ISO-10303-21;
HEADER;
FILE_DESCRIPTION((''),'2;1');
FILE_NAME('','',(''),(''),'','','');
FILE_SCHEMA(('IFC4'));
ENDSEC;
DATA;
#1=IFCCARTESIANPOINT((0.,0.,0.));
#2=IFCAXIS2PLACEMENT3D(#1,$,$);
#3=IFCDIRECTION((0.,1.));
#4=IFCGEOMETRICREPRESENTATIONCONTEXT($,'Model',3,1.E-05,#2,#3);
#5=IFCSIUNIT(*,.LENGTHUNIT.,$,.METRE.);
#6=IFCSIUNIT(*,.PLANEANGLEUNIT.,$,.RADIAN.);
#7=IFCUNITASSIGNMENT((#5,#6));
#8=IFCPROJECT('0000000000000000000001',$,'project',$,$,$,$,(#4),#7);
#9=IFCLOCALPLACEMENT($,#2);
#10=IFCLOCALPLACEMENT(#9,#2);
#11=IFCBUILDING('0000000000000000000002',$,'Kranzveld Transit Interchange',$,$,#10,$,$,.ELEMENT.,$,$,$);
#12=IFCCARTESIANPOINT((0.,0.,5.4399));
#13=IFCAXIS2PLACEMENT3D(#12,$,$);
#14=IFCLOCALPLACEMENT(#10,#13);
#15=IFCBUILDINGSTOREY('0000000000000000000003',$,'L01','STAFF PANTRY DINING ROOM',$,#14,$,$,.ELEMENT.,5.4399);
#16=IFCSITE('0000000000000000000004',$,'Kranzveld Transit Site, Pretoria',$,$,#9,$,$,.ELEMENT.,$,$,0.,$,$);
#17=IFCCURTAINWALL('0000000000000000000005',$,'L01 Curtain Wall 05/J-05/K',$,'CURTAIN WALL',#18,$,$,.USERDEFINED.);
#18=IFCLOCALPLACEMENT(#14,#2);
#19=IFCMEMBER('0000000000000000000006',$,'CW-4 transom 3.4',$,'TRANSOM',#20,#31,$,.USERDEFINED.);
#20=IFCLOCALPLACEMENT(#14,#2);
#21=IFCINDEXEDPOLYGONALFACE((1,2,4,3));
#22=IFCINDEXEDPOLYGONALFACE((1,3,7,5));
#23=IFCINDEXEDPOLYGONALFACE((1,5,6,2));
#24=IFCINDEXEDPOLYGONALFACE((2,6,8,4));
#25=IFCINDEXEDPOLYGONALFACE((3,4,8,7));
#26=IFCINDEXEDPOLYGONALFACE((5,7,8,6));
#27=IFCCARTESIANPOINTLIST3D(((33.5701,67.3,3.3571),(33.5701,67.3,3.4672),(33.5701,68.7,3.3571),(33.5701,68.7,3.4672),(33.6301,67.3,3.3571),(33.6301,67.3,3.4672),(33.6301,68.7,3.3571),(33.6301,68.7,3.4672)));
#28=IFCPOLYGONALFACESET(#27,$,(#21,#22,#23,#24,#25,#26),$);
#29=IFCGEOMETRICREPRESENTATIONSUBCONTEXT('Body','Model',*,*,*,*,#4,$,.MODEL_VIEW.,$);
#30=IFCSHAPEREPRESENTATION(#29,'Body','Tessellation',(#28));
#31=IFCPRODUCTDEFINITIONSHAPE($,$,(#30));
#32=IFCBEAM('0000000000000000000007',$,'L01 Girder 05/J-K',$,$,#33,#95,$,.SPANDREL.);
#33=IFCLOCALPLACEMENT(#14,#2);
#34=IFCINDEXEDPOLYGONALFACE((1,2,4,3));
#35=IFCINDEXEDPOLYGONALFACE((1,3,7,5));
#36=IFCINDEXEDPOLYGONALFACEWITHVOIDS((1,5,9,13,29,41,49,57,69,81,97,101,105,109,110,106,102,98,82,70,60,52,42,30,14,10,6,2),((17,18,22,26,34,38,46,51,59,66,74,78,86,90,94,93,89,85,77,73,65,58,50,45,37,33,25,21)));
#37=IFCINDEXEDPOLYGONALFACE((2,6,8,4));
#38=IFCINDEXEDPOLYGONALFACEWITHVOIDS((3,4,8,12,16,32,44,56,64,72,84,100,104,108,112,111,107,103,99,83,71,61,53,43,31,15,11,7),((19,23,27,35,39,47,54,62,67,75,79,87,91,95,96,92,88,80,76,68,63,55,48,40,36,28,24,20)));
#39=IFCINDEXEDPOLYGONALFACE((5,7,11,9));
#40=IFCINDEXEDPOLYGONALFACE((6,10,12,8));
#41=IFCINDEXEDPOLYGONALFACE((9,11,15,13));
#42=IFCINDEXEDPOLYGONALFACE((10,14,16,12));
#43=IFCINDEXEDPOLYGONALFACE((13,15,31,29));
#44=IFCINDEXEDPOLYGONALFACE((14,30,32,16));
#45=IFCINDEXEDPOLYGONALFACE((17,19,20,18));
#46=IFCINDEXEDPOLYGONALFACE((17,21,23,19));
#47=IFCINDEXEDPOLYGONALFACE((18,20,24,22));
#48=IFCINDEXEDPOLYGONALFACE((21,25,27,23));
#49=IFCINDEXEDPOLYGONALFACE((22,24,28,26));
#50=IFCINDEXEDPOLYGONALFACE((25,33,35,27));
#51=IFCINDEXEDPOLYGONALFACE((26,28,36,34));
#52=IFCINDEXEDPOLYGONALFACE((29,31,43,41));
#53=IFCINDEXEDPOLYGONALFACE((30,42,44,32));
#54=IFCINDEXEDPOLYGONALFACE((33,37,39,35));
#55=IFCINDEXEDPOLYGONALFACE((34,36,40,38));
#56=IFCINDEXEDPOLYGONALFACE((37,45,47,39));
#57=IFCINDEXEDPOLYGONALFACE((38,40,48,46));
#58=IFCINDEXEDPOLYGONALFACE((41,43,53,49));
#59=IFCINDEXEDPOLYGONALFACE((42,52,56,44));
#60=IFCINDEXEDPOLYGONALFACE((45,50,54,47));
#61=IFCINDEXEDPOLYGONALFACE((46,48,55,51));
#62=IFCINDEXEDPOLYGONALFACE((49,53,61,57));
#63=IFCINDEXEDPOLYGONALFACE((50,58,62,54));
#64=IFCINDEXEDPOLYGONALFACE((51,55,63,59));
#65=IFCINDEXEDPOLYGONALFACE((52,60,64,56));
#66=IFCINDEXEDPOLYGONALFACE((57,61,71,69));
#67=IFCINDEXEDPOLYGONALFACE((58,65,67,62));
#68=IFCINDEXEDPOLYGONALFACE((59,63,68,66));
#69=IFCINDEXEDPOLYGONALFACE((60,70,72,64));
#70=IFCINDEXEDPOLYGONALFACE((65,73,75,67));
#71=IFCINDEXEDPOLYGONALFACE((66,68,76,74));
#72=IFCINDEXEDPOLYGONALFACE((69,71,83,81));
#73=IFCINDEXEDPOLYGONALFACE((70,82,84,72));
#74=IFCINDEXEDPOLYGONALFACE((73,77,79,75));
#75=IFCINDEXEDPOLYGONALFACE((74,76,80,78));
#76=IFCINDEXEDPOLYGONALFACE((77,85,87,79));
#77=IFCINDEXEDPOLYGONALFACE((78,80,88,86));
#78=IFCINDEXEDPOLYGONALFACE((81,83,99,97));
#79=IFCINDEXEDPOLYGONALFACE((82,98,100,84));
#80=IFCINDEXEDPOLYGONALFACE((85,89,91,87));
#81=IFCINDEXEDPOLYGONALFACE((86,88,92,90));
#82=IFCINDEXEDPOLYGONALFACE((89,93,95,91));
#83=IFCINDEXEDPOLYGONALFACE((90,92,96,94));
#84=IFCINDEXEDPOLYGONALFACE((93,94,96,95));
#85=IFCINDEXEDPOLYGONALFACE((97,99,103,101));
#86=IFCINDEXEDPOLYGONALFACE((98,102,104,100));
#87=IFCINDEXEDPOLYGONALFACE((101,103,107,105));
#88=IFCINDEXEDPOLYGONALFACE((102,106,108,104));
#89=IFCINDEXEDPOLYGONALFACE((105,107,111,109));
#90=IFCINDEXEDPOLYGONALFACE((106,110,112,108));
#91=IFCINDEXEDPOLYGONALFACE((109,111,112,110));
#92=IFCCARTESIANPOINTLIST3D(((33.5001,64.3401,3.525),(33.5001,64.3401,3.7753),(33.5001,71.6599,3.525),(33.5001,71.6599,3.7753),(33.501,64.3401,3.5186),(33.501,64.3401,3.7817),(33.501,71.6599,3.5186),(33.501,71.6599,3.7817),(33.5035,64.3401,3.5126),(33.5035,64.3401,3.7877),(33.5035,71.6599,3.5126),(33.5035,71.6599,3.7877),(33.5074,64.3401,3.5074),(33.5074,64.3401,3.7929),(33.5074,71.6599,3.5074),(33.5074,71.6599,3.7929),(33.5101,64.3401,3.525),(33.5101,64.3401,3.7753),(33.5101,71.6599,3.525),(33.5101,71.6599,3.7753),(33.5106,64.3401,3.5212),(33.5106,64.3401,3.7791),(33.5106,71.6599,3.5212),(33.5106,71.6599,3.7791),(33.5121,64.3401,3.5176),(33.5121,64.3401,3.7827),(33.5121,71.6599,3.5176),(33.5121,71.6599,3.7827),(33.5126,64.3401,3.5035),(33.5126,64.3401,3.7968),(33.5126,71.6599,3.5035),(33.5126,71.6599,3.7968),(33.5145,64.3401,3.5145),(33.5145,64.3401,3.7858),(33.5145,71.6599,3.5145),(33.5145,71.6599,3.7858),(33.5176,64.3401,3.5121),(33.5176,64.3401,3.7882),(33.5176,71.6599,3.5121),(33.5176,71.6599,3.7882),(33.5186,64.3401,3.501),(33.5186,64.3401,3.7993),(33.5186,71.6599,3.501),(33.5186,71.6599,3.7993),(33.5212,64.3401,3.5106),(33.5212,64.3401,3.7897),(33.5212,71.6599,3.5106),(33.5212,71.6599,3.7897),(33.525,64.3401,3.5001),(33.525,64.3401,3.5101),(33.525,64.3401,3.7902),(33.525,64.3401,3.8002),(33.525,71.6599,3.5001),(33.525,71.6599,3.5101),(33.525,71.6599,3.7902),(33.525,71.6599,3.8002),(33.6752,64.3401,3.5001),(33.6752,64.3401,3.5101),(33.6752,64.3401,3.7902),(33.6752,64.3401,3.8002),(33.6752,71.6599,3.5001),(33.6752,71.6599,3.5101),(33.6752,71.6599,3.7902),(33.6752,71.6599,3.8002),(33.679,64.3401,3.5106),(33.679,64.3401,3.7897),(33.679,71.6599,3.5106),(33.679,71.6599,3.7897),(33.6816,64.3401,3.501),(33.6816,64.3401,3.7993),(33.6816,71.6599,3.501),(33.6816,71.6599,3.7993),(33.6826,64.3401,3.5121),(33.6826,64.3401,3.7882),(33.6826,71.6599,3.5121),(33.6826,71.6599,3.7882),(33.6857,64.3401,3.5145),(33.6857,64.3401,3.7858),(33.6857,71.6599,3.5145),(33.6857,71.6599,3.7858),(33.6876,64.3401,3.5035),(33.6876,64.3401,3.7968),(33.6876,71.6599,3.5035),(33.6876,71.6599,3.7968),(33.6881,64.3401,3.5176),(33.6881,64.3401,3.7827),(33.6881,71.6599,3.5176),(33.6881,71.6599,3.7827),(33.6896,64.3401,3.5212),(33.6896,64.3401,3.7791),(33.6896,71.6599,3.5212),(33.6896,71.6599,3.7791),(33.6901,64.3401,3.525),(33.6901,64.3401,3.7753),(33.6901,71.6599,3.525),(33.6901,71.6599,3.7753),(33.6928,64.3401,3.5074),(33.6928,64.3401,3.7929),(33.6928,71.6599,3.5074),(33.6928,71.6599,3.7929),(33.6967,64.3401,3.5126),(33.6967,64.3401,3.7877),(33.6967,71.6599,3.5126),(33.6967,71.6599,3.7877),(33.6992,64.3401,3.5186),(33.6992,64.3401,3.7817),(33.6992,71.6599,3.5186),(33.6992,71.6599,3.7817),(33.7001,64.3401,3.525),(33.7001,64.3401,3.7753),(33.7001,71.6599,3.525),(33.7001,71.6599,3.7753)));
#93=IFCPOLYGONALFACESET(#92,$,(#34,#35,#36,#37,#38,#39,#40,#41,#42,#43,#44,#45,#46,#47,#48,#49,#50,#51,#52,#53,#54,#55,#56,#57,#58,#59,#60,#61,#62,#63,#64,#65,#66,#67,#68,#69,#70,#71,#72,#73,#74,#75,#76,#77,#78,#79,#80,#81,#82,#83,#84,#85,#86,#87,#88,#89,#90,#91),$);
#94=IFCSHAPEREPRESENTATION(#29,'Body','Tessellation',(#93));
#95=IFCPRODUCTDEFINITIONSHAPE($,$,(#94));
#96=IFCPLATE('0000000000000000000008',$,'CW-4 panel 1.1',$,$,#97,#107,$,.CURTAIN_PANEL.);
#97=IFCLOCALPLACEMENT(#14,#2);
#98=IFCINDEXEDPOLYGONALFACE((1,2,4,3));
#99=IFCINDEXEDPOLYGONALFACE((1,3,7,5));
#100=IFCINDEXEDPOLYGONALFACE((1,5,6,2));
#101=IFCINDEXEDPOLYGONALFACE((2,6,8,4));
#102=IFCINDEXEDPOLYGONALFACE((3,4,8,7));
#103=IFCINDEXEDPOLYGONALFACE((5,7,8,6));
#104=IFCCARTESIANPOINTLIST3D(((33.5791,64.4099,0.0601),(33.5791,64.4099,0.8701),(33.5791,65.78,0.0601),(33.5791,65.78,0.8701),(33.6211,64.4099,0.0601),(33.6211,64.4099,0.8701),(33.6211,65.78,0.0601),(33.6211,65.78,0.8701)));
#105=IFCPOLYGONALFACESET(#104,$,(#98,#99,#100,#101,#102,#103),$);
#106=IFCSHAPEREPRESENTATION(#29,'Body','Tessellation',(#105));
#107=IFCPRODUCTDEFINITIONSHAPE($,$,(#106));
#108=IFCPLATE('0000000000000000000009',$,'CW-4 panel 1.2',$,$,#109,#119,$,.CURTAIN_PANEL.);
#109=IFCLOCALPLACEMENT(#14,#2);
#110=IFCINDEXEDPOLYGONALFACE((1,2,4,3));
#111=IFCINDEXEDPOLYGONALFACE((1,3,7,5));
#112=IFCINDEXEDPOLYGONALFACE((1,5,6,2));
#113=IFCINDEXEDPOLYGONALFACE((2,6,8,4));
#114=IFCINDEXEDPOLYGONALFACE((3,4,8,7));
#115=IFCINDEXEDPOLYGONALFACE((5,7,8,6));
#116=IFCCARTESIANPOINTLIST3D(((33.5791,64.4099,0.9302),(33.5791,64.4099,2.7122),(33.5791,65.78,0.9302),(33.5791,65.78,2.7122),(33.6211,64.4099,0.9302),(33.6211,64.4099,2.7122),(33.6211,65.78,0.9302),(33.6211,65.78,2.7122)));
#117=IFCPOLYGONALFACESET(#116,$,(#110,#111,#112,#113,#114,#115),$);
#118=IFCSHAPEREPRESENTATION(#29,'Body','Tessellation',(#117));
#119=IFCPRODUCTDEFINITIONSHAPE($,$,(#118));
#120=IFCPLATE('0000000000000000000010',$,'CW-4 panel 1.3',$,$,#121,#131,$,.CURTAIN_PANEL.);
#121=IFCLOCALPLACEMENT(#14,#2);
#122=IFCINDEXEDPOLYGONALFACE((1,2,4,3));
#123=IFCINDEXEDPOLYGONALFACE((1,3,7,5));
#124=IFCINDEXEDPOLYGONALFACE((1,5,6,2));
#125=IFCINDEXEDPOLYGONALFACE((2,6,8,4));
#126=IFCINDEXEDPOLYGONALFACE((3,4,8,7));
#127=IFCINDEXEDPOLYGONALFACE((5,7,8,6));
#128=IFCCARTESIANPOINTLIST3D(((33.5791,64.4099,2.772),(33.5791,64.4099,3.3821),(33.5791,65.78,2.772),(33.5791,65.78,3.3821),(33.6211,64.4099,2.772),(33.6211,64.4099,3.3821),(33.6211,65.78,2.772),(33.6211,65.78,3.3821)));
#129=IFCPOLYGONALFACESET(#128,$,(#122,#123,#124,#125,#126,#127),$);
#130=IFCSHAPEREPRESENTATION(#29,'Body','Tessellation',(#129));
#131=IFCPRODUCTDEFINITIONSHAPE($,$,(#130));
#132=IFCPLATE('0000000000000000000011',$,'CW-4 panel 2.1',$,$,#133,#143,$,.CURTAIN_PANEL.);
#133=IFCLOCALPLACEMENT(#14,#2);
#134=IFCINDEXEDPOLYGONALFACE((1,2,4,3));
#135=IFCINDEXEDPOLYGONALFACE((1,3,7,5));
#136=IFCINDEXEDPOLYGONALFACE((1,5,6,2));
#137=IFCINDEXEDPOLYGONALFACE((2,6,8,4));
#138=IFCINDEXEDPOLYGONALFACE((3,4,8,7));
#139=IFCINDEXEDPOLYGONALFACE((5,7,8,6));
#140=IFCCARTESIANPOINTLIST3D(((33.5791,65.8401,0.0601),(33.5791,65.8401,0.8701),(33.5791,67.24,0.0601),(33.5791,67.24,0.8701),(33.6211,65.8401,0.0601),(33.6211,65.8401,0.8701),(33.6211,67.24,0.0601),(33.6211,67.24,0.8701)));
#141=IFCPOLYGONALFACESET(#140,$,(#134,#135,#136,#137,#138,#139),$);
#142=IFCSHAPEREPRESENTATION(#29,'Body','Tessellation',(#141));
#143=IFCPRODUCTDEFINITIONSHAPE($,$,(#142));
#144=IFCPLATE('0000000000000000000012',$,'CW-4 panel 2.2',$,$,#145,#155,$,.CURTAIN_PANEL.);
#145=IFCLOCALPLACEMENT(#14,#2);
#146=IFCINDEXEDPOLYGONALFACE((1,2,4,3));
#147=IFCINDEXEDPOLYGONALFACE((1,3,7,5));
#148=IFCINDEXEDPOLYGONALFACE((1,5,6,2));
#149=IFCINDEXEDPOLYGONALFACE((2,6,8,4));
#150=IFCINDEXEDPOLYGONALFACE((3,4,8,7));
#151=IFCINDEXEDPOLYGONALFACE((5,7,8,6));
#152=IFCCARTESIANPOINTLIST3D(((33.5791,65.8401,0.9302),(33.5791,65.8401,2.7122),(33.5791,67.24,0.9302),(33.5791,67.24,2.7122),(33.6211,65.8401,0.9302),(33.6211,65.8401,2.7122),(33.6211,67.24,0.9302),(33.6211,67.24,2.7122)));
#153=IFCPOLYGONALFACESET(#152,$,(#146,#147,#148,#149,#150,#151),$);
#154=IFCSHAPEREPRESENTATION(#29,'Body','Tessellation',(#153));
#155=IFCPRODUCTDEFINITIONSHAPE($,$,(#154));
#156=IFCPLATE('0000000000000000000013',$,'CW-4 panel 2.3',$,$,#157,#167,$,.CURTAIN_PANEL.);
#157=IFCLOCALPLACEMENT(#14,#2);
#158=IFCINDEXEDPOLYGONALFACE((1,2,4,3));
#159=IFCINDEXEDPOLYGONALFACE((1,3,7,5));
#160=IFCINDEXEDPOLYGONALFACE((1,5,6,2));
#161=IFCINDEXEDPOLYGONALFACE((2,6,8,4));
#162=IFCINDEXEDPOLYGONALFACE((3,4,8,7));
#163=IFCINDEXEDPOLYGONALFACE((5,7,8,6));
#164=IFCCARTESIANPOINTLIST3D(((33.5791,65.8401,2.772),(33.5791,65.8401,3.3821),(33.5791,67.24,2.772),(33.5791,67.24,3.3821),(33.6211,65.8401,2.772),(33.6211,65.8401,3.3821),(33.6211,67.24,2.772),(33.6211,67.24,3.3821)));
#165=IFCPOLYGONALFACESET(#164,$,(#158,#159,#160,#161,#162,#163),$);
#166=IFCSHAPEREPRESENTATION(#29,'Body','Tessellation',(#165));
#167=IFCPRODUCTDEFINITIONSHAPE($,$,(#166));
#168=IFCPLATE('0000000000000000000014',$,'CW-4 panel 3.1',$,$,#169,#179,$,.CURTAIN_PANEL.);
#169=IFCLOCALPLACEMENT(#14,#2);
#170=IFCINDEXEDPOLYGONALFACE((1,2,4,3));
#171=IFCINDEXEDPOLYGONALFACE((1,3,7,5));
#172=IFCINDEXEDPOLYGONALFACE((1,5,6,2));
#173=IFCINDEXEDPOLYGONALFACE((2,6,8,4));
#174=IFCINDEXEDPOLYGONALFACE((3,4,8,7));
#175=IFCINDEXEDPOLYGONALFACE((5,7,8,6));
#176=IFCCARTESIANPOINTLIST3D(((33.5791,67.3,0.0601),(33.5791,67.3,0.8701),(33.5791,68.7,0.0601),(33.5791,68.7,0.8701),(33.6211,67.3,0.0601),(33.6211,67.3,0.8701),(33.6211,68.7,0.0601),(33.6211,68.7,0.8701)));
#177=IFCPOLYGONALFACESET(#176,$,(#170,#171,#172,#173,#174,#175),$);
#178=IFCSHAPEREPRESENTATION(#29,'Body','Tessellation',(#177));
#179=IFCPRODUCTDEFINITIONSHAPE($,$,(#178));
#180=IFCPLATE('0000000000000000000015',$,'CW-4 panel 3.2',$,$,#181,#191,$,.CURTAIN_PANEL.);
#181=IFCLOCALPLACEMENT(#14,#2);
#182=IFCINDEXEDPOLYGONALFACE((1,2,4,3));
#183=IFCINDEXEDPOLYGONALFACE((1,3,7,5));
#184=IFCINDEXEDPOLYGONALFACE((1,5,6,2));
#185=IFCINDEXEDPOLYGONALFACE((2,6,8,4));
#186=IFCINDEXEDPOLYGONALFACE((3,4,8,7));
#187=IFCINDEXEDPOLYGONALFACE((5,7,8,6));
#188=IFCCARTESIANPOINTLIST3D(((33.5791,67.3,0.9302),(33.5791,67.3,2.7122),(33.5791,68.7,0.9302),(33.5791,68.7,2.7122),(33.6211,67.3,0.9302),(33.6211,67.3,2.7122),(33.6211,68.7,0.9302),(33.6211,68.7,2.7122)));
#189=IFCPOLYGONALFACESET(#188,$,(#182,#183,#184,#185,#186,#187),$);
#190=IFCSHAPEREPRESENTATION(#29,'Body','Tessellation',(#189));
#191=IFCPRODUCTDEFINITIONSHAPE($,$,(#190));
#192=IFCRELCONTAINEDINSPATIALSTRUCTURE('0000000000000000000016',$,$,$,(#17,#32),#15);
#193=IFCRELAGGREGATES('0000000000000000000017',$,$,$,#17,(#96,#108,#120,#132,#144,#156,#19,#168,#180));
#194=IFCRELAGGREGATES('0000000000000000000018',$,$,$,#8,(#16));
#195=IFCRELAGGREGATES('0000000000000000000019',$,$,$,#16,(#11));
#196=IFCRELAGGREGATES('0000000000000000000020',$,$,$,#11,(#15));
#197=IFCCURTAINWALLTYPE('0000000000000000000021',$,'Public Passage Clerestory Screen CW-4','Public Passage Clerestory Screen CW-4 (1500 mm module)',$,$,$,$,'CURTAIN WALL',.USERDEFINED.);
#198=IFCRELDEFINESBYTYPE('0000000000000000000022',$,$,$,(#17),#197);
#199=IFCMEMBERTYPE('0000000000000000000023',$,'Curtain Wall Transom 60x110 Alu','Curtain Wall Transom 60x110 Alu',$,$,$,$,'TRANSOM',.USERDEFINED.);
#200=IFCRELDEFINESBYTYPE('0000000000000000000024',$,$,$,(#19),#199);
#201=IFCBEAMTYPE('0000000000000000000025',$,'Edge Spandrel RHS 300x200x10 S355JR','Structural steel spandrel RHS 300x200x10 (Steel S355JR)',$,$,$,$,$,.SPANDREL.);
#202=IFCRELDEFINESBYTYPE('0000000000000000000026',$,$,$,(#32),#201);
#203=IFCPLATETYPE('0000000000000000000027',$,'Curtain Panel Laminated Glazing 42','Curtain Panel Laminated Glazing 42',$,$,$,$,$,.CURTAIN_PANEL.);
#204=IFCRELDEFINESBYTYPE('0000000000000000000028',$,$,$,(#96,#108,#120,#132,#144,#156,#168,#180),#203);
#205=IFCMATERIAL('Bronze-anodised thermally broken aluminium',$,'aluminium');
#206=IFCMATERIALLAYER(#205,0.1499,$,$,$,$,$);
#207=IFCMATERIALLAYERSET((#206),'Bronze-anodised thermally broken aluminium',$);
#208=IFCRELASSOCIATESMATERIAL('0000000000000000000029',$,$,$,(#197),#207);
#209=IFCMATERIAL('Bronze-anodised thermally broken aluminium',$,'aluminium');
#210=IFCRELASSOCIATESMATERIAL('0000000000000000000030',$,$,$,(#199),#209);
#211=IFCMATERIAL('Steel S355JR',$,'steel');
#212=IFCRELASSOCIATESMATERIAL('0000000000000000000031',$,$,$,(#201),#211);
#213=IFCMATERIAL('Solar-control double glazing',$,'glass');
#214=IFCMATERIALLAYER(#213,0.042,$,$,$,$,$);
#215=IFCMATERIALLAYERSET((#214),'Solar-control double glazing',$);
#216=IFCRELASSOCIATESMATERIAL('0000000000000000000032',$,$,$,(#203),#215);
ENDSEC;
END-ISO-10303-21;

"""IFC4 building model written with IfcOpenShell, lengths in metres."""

from ifc_helpers import new_model, si_unit, direction, frame, origin, origin_2d, place, context, subcontext, project, spatial, rectangle, hollow_rectangle, extrude, material, layer, layer_set, material_profile, profile_set, type_object, element, aggregate, save


model = new_model("IFC4")

# Units and contexts
model_context = context("Model", 3, precision=1e-05, world=origin(), true_north=direction((0.0, 1.0)))
body_context = subcontext(model_context, "Body", "Model", "MODEL_VIEW")
ifc_project = project(units=[si_unit("LENGTHUNIT", "METRE"), si_unit("PLANEANGLEUNIT", "RADIAN")], contexts=[model_context])

# Site, building, storey
site_placement = place(None, origin())
site = spatial("IfcSite", under=ifc_project, at=site_placement, Name="Kranzveld Transit Site, Pretoria", CompositionType="ELEMENT", RefElevation=0.0)
building_placement = place(site_placement, origin())
building = spatial("IfcBuilding", under=site, at=building_placement, Name="Kranzveld Transit Interchange", CompositionType="ELEMENT")
storey_placement = place(building_placement, frame((0.0, 0.0, 5.4399)))
storey = spatial("IfcBuildingStorey", under=building, at=storey_placement, Name="L01", Description="STAFF PANTRY DINING ROOM", CompositionType="ELEMENT", Elevation=5.4399)

# Curtain wall, member
ifc_material_1 = material(Name="Bronze-anodised thermally broken aluminium", Category="aluminium")
ifc_layer_1 = layer(ifc_material_1, 0.1499)
ifc_layer_set_1 = layer_set([ifc_layer_1], Name="Bronze-anodised thermally broken aluminium")
curtain_wall_type = type_object("IfcCurtainWallType", Name="Public Passage Clerestory Screen CW-4", Description="Public Passage Clerestory Screen CW-4 (1500 mm module)", ElementType="CURTAIN WALL", PredefinedType="USERDEFINED", material=ifc_layer_set_1)
curtain_wall_placement = place(storey_placement, origin())
curtain_wall = element("IfcCurtainWall", 1, at=curtain_wall_placement, inside=storey, type_object=curtain_wall_type, Name="L01 Curtain Wall 05/J-05/K", ObjectType="CURTAIN WALL", PredefinedType="USERDEFINED")
ifc_material_2 = material(Name="Bronze-anodised thermally broken aluminium", Category="aluminium")
ifc_material_profile_1 = material_profile(ifc_material_2, rectangle(XDim=0.0601, YDim=0.1101, at=origin_2d()), Name="ALU TRANSOM 60x110")
ifc_profile_set_1 = profile_set([ifc_material_profile_1], Name="Bronze-anodised thermally broken aluminium")
member_type_1 = type_object("IfcMemberType", Name="Curtain Wall Transom 60x110 Alu", Description="Curtain Wall Transom 60x110 Alu", ElementType="TRANSOM", PredefinedType="USERDEFINED", material=ifc_profile_set_1)
member_1_placement = place(storey_placement, frame((33.6001, 67.3, 3.4121), z_axis=(0.0, 1.0, 0.0), x_axis=(-1.0, 0.0, 0.0)))
member_1 = element("IfcMember", 2, at=member_1_placement, type_object=member_type_1, Name="CW-4 transom 3.4", ObjectType="TRANSOM", PredefinedType="USERDEFINED", context=body_context, shape_type="SweptSolid", body=[
    extrude(rectangle(XDim=0.0601, YDim=0.1101, at=origin_2d()), origin(), (0.0, 0.0, 1.0), 1.3999),
])

# Beam
ifc_material_3 = material(Name="Steel S355JR", Category="steel")
ifc_material_profile_2 = material_profile(ifc_material_3, hollow_rectangle(XDim=0.2, YDim=0.3, WallThickness=0.01, InnerFilletRadius=0.0149, OuterFilletRadius=0.0249, at=origin_2d()), Name="RHS 300x200x10")
ifc_profile_set_2 = profile_set([ifc_material_profile_2], Name="Steel S355JR")
beam_type = type_object("IfcBeamType", Name="Edge Spandrel RHS 300x200x10 S355JR", Description="Structural steel spandrel RHS 300x200x10 (Steel S355JR)", PredefinedType="SPANDREL", material=ifc_profile_set_2)
beam_placement = place(storey_placement, frame((33.6001, 64.3401, 3.6501), z_axis=(0.0, 1.0, 0.0), x_axis=(-1.0, 0.0, 0.0)))
element("IfcBeam", 3, at=beam_placement, inside=storey, type_object=beam_type, Name="L01 Girder 05/J-K", PredefinedType="SPANDREL", context=body_context, shape_type="SweptSolid", body=[
    extrude(hollow_rectangle(XDim=0.2, YDim=0.3, WallThickness=0.01, InnerFilletRadius=0.0149, OuterFilletRadius=0.0249, at=origin_2d()), origin(), (0.0, 0.0, 1.0), 7.3198),
])

# Plates
ifc_material_4 = material(Name="Solar-control double glazing", Category="glass")
ifc_layer_2 = layer(ifc_material_4, 0.042)
ifc_layer_set_2 = layer_set([ifc_layer_2], Name="Solar-control double glazing")
plate_type = type_object("IfcPlateType", Name="Curtain Panel Laminated Glazing 42", Description="Curtain Panel Laminated Glazing 42", PredefinedType="CURTAIN_PANEL", material=ifc_layer_set_2)
plate_1_placement = place(storey_placement, frame((33.6001, 65.095, 0.0601), z_axis=(0.0, 0.0, 1.0), x_axis=(0.0, 1.0, 0.0)))
plate_1 = element("IfcPlate", 4, at=plate_1_placement, type_object=plate_type, Name="CW-4 panel 1.1", PredefinedType="CURTAIN_PANEL", context=body_context, shape_type="SweptSolid", body=[
    extrude(rectangle(XDim=1.3701, YDim=0.042, at=origin_2d()), origin(), (0.0, 0.0, 1.0), 0.8101),
])
plate_2_placement = place(storey_placement, frame((33.6001, 65.095, 0.9302), z_axis=(0.0, 0.0, 1.0), x_axis=(0.0, 1.0, 0.0)))
plate_2 = element("IfcPlate", 5, at=plate_2_placement, type_object=plate_type, Name="CW-4 panel 1.2", PredefinedType="CURTAIN_PANEL", context=body_context, shape_type="SweptSolid", body=[
    extrude(rectangle(XDim=1.3701, YDim=0.042, at=origin_2d()), origin(), (0.0, 0.0, 1.0), 1.782),
])
plate_3_placement = place(storey_placement, frame((33.6001, 65.095, 2.772), z_axis=(0.0, 0.0, 1.0), x_axis=(0.0, 1.0, 0.0)))
plate_3 = element("IfcPlate", 6, at=plate_3_placement, type_object=plate_type, Name="CW-4 panel 1.3", PredefinedType="CURTAIN_PANEL", context=body_context, shape_type="SweptSolid", body=[
    extrude(rectangle(XDim=1.3701, YDim=0.042, at=origin_2d()), origin(), (0.0, 0.0, 1.0), 0.6101),
])
plate_4_placement = place(storey_placement, frame((33.6001, 66.54, 0.0601), z_axis=(0.0, 0.0, 1.0), x_axis=(0.0, 1.0, 0.0)))
plate_4 = element("IfcPlate", 7, at=plate_4_placement, type_object=plate_type, Name="CW-4 panel 2.1", PredefinedType="CURTAIN_PANEL", context=body_context, shape_type="SweptSolid", body=[
    extrude(rectangle(XDim=1.3999, YDim=0.042, at=origin_2d()), origin(), (0.0, 0.0, 1.0), 0.8101),
])
plate_5_placement = place(storey_placement, frame((33.6001, 66.54, 0.9302), z_axis=(0.0, 0.0, 1.0), x_axis=(0.0, 1.0, 0.0)))
plate_5 = element("IfcPlate", 8, at=plate_5_placement, type_object=plate_type, Name="CW-4 panel 2.2", PredefinedType="CURTAIN_PANEL", context=body_context, shape_type="SweptSolid", body=[
    extrude(rectangle(XDim=1.3999, YDim=0.042, at=origin_2d()), origin(), (0.0, 0.0, 1.0), 1.782),
])
plate_6_placement = place(storey_placement, frame((33.6001, 66.54, 2.772), z_axis=(0.0, 0.0, 1.0), x_axis=(0.0, 1.0, 0.0)))
plate_6 = element("IfcPlate", 9, at=plate_6_placement, type_object=plate_type, Name="CW-4 panel 2.3", PredefinedType="CURTAIN_PANEL", context=body_context, shape_type="SweptSolid", body=[
    extrude(rectangle(XDim=1.3999, YDim=0.042, at=origin_2d()), origin(), (0.0, 0.0, 1.0), 0.6101),
])
plate_7_placement = place(storey_placement, frame((33.6001, 68.0, 0.0601), z_axis=(0.0, 0.0, 1.0), x_axis=(0.0, 1.0, 0.0)))
plate_7 = element("IfcPlate", 10, at=plate_7_placement, type_object=plate_type, Name="CW-4 panel 3.1", PredefinedType="CURTAIN_PANEL", context=body_context, shape_type="SweptSolid", body=[
    extrude(rectangle(XDim=1.3999, YDim=0.042, at=origin_2d()), origin(), (0.0, 0.0, 1.0), 0.8101),
])
plate_8_placement = place(storey_placement, frame((33.6001, 68.0, 0.9302), z_axis=(0.0, 0.0, 1.0), x_axis=(0.0, 1.0, 0.0)))
plate_8 = element("IfcPlate", 11, at=plate_8_placement, type_object=plate_type, Name="CW-4 panel 3.2", PredefinedType="CURTAIN_PANEL", context=body_context, shape_type="SweptSolid", body=[
    extrude(rectangle(XDim=1.3999, YDim=0.042, at=origin_2d()), origin(), (0.0, 0.0, 1.0), 1.782),
])
aggregate(curtain_wall, [plate_1, plate_2, plate_3, plate_4, plate_5, plate_6, member_1, plate_7, plate_8])

save(model, "model.ifc")
